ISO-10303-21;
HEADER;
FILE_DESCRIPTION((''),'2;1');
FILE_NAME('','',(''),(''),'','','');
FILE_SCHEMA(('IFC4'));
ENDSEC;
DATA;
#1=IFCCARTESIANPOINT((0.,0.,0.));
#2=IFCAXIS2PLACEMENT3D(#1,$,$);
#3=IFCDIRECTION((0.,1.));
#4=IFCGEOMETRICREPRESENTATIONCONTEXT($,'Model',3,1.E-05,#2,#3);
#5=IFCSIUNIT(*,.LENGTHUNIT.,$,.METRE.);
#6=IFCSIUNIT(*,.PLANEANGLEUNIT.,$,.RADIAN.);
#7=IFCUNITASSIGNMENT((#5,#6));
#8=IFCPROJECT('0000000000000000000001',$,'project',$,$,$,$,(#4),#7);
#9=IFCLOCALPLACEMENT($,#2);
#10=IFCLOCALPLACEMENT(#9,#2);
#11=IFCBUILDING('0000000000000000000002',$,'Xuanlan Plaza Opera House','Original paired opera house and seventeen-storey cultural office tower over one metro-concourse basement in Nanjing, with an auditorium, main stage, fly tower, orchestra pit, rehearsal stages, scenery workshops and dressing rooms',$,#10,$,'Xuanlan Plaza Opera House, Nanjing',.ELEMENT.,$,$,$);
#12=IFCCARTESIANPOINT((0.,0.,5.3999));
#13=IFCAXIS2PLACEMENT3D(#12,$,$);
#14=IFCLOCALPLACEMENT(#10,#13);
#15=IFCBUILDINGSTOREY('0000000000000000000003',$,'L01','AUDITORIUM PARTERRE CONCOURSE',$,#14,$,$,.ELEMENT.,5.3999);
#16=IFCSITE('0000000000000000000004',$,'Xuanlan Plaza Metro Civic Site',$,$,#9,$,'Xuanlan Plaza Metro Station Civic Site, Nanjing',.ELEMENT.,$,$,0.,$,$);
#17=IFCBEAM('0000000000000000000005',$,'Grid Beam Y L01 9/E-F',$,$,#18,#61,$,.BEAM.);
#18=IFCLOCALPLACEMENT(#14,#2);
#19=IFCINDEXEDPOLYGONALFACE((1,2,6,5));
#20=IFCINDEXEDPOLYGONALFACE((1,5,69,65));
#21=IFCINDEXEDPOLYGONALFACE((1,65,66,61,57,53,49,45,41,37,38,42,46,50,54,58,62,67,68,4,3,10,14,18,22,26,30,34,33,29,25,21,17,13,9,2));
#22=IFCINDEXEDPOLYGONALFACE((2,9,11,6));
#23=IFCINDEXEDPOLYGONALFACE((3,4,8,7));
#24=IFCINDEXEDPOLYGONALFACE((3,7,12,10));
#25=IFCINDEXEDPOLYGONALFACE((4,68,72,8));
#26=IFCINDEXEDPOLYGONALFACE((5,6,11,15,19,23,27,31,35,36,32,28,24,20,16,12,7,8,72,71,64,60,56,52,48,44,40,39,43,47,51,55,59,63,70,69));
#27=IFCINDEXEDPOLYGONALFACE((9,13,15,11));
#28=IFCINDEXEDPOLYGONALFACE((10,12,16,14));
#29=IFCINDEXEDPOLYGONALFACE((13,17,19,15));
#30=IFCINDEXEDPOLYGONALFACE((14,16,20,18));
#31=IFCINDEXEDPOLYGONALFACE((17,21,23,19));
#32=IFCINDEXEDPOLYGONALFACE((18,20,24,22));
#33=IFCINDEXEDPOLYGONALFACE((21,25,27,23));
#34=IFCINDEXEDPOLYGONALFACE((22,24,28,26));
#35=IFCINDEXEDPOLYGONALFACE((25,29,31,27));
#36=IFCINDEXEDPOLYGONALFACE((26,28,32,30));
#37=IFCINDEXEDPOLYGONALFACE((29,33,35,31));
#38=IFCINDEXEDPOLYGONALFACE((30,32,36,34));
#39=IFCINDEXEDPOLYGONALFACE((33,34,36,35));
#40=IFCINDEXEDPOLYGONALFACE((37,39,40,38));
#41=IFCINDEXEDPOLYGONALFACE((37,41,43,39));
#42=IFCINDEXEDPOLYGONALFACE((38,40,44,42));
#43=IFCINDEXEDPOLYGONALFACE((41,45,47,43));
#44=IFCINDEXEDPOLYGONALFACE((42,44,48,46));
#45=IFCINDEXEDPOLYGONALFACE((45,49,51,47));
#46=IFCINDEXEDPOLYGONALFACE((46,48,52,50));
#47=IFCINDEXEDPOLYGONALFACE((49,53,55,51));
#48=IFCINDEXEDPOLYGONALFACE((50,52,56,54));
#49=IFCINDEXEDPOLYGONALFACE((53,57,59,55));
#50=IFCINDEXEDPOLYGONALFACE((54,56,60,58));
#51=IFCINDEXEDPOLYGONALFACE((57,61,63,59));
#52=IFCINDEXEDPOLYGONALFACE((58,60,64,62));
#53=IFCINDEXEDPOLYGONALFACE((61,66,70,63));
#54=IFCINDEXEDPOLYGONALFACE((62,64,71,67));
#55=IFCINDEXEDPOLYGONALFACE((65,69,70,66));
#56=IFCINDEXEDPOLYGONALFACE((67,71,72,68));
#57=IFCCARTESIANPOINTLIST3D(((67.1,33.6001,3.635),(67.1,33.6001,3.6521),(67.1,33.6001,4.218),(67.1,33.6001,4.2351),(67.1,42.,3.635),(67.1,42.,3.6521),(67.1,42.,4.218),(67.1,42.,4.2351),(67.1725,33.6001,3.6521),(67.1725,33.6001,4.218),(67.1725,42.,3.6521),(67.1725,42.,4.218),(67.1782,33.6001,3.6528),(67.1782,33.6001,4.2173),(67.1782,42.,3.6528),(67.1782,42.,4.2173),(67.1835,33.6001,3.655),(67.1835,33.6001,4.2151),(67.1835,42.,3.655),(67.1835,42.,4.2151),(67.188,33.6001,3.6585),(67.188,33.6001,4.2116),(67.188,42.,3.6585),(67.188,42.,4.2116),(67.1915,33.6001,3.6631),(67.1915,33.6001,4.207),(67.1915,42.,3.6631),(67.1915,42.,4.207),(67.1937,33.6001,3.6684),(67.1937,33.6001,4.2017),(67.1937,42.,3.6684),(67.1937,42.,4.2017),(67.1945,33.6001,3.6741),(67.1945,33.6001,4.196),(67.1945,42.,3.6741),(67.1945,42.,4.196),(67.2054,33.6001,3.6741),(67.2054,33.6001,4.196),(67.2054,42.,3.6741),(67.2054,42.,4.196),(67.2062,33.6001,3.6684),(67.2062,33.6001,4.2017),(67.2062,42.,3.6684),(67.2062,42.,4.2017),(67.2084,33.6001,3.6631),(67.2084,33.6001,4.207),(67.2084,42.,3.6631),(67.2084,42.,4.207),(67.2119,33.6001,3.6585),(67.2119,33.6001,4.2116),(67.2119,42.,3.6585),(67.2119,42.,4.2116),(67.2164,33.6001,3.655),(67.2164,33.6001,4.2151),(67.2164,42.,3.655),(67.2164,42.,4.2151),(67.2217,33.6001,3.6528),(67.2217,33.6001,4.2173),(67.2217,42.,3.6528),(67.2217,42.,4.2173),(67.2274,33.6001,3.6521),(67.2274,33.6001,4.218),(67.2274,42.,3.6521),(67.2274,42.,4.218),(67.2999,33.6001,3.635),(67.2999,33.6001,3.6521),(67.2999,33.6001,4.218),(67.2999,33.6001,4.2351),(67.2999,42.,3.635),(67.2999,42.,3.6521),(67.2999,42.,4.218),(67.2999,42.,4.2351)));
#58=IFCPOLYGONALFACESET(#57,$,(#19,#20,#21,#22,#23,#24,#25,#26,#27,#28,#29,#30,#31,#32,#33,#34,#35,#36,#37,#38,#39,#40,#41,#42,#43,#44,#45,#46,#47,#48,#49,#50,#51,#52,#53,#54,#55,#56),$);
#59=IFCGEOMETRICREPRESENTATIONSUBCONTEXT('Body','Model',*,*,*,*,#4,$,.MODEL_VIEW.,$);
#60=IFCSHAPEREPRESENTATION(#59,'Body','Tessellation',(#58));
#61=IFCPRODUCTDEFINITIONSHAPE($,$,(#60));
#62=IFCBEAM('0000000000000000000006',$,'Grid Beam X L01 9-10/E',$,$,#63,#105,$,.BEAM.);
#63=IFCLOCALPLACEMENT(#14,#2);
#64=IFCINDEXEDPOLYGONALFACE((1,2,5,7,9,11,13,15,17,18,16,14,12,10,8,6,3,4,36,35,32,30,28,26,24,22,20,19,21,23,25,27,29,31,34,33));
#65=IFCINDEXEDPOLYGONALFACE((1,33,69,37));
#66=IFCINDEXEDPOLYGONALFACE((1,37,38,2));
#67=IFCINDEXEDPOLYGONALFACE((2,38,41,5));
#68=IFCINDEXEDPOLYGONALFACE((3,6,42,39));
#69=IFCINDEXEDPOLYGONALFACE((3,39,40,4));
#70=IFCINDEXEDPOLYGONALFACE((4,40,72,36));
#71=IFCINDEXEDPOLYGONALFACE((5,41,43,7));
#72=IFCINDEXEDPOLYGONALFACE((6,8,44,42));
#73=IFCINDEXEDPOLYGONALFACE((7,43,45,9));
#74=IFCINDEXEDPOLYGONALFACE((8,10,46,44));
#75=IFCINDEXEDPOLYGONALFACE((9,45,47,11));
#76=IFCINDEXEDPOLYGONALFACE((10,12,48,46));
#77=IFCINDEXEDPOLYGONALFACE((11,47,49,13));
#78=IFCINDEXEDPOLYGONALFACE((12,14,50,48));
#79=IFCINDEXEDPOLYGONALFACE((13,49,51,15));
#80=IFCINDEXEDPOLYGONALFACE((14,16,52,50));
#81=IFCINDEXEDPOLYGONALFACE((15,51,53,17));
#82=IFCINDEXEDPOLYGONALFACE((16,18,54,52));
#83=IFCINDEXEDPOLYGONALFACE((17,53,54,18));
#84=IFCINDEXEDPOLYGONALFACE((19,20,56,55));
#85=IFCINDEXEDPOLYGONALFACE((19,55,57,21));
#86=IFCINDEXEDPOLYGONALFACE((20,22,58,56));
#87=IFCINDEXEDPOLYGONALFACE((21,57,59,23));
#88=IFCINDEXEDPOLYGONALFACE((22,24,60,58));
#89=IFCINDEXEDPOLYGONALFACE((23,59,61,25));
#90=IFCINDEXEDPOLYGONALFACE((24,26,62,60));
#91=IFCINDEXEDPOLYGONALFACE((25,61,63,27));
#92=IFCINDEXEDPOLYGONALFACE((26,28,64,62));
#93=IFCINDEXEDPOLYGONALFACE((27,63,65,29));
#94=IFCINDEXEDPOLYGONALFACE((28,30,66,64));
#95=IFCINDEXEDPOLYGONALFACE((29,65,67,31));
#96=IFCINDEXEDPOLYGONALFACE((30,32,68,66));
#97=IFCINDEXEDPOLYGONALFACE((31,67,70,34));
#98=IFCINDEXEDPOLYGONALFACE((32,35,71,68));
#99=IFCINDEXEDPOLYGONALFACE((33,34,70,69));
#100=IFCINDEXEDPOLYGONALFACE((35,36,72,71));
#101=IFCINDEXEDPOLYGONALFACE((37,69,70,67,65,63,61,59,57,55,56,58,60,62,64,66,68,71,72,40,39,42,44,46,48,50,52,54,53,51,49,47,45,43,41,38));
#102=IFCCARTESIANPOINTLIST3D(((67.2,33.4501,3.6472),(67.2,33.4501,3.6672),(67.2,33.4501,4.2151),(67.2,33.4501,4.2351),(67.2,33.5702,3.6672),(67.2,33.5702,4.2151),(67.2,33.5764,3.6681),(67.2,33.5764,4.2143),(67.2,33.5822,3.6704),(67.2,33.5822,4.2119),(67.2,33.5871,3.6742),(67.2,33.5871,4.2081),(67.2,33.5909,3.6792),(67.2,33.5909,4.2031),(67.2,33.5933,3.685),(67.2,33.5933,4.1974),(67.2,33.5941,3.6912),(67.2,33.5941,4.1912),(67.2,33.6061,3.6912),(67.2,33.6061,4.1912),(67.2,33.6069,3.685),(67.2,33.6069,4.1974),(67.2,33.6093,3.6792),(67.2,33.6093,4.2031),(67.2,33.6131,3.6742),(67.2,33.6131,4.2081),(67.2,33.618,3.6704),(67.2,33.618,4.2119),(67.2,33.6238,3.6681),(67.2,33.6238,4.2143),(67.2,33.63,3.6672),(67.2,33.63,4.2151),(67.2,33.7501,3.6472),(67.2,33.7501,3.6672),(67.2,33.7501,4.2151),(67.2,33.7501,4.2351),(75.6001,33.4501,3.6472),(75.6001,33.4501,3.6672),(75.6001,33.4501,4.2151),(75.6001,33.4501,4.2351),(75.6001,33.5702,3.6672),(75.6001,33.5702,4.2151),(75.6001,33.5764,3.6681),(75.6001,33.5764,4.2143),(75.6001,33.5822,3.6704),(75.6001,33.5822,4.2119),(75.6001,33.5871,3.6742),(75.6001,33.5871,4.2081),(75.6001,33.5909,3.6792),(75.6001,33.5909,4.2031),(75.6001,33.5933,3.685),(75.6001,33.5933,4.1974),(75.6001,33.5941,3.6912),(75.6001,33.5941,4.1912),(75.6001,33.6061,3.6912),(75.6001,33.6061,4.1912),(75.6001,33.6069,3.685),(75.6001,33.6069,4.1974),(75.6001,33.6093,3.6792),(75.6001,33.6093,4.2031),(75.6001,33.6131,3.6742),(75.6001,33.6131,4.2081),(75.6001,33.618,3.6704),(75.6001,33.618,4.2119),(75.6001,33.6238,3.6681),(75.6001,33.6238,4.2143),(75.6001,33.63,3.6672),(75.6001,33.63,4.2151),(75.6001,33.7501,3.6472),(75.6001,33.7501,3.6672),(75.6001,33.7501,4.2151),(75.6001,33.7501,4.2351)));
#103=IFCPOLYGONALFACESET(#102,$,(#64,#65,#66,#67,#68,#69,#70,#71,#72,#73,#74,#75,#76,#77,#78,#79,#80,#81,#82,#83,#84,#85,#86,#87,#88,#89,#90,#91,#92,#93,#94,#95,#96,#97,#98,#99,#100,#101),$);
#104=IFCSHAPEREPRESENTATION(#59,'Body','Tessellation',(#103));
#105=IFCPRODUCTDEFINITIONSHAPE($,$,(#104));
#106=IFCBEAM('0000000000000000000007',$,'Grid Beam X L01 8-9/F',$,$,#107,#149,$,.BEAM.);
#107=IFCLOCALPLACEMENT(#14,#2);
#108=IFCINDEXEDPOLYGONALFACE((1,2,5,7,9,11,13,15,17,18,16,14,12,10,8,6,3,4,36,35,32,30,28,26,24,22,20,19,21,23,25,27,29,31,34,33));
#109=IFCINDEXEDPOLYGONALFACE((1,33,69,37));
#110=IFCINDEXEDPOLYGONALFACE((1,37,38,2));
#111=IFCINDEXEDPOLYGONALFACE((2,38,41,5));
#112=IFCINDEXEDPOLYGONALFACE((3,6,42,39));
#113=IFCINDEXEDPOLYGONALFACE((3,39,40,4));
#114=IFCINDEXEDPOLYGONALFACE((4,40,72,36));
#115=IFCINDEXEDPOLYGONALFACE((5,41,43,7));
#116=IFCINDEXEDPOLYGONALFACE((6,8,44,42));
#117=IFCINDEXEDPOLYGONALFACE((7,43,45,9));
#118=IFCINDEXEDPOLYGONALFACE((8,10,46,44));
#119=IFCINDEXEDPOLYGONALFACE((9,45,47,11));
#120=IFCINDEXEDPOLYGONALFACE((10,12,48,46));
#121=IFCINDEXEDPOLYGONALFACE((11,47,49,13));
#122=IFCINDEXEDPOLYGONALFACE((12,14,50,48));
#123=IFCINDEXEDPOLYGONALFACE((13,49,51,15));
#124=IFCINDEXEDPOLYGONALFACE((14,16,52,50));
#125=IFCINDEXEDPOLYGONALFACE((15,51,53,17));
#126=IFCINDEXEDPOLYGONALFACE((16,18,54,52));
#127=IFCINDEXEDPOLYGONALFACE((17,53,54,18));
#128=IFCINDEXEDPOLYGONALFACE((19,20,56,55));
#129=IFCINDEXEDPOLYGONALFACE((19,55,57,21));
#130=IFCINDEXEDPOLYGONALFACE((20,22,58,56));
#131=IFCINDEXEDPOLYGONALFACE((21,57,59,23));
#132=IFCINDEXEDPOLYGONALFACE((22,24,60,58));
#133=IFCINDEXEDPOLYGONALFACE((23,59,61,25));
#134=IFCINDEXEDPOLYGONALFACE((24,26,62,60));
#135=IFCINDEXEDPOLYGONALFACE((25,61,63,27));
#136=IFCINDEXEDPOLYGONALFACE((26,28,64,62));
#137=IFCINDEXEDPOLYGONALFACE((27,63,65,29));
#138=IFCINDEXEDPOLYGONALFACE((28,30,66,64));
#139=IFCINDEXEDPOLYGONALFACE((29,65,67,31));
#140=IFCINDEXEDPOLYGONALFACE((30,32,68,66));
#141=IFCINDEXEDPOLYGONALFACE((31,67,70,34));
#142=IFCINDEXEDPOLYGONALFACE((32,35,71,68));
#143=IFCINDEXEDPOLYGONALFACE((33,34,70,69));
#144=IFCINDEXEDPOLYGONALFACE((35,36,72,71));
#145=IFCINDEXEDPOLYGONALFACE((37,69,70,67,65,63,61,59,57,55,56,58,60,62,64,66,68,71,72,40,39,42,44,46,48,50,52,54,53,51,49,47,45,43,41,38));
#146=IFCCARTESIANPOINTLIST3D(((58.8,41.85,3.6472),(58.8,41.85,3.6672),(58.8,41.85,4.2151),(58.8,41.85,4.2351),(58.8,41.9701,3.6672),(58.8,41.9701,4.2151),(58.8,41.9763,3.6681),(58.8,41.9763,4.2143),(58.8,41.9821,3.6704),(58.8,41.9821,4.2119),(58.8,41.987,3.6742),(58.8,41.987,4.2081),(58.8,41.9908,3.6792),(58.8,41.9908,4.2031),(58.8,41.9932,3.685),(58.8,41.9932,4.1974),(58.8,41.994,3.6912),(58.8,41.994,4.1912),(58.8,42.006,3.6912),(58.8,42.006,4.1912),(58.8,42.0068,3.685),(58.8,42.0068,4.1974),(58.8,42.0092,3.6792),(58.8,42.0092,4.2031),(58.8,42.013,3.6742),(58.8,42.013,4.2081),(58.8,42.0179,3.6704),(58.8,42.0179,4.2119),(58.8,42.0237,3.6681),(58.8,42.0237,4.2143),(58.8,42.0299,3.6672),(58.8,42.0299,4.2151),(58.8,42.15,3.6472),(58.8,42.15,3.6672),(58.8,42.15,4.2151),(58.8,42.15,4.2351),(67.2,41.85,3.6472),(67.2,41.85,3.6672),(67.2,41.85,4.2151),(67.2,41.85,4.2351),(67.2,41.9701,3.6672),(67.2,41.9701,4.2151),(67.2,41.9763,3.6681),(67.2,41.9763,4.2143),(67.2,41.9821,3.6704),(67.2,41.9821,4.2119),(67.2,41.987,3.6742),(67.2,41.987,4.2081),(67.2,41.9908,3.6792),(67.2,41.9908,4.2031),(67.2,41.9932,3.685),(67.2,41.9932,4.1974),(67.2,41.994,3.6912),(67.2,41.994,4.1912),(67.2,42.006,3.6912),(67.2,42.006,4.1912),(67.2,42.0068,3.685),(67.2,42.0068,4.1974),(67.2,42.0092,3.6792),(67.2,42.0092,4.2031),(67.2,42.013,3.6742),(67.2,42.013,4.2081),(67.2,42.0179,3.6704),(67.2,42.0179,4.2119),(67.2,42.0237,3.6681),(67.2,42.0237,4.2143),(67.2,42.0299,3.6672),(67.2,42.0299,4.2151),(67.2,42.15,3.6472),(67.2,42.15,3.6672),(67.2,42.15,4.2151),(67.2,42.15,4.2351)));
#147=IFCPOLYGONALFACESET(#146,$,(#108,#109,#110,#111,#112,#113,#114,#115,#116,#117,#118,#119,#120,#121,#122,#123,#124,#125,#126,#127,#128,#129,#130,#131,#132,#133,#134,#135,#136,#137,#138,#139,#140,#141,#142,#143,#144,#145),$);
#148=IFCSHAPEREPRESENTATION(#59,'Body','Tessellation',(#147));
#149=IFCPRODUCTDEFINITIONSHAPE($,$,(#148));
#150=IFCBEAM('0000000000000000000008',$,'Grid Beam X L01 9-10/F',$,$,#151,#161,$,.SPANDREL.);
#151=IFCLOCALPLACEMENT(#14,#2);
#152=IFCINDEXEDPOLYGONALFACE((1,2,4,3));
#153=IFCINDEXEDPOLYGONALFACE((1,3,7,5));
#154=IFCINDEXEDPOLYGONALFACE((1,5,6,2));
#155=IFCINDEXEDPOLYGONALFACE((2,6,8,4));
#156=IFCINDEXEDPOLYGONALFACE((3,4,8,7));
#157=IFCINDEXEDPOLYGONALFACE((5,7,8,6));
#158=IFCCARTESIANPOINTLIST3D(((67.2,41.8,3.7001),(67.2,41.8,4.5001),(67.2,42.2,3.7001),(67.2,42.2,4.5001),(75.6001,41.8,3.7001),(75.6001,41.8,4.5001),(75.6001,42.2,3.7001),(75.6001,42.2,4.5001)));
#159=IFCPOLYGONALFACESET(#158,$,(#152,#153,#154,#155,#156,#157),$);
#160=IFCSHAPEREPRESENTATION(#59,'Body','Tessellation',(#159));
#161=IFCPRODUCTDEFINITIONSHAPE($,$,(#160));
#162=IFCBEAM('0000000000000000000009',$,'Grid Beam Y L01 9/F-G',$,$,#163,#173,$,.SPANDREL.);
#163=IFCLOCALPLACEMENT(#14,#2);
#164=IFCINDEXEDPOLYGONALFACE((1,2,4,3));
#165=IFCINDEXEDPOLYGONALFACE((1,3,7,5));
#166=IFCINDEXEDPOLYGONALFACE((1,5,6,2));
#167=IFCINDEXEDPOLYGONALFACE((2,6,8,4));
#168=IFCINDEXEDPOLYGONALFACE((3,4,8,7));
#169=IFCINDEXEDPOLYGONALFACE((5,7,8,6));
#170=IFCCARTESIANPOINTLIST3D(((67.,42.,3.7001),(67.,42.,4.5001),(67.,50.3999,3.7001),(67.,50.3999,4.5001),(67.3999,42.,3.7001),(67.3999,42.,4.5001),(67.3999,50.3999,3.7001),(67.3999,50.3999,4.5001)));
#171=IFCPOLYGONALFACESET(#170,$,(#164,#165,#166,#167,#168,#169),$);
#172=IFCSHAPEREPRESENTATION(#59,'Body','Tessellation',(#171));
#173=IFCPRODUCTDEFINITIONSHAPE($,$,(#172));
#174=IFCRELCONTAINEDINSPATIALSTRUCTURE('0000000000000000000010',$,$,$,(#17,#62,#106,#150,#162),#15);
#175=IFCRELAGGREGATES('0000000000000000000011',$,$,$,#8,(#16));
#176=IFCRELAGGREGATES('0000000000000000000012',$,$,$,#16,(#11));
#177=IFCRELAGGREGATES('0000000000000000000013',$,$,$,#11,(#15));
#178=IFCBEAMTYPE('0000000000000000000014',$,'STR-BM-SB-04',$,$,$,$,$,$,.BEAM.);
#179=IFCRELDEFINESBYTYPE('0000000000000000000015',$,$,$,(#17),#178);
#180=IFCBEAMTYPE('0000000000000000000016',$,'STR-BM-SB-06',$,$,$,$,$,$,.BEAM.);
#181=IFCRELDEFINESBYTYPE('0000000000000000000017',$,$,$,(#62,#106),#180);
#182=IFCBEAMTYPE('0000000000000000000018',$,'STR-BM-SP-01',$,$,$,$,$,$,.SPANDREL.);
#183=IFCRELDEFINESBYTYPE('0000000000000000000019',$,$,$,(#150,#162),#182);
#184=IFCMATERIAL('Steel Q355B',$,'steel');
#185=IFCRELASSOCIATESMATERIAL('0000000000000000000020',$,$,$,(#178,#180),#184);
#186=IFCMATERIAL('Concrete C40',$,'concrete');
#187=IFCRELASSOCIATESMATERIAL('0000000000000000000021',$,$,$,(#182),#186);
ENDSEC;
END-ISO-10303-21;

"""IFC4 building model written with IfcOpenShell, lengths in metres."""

from ifc_helpers import new_model, si_unit, direction, frame, origin, origin_2d, place, context, subcontext, project, spatial, rectangle, i_section, extrude, material, material_profile, profile_set, type_object, element, save


model = new_model("IFC4")

# Units and contexts
model_context = context("Model", 3, precision=1e-05, world=origin(), true_north=direction((0.0, 1.0)))
body_context = subcontext(model_context, "Body", "Model", "MODEL_VIEW")
ifc_project = project(units=[si_unit("LENGTHUNIT", "METRE"), si_unit("PLANEANGLEUNIT", "RADIAN")], contexts=[model_context])

# Site, building, storey
site_placement = place(None, origin())
site = spatial("IfcSite", under=ifc_project, at=site_placement, Name="Xuanlan Plaza Metro Civic Site", LongName="Xuanlan Plaza Metro Station Civic Site, Nanjing", CompositionType="ELEMENT", RefElevation=0.0)
building_placement = place(site_placement, origin())
building = spatial("IfcBuilding", under=site, at=building_placement, Name="Xuanlan Plaza Opera House", Description="Original paired opera house and seventeen-storey cultural office tower over one metro-concourse basement in Nanjing, with an auditorium, main stage, fly tower, orchestra pit, rehearsal stages, scenery workshops and dressing rooms", LongName="Xuanlan Plaza Opera House, Nanjing", CompositionType="ELEMENT")
storey_placement = place(building_placement, frame((0.0, 0.0, 5.3999)))
storey = spatial("IfcBuildingStorey", under=building, at=storey_placement, Name="L01", Description="AUDITORIUM PARTERRE CONCOURSE", CompositionType="ELEMENT", Elevation=5.3999)

# Shared definitions
ifc_material_1 = material(Name="Concrete C40", Category="concrete")

# Beams
ifc_material_2 = material(Name="Steel Q355B", Category="steel")
ifc_material_profile_1 = material_profile(ifc_material_2, i_section(OverallWidth=0.2, OverallDepth=0.6001, WebThickness=0.011, FlangeThickness=0.0171, FilletRadius=0.022, at=origin_2d()), Name="HN 600x200x11x17")
ifc_profile_set_1 = profile_set([ifc_material_profile_1], Name="Steel Q355B")
beam_type_1 = type_object("IfcBeamType", Name="STR-BM-SB-04", PredefinedType="BEAM", material=ifc_profile_set_1)
beam_1_placement = place(storey_placement, frame((67.2, 33.6001, 3.9351), z_axis=(0.0, 1.0, 0.0), x_axis=(-1.0, 0.0, 0.0)))
element("IfcBeam", 1, at=beam_1_placement, inside=storey, type_object=beam_type_1, Name="Grid Beam Y L01 9/E-F", PredefinedType="BEAM", context=body_context, shape_type="SweptSolid", body=[
    extrude(i_section(OverallWidth=0.2, OverallDepth=0.6001, WebThickness=0.011, FlangeThickness=0.0171, FilletRadius=0.022, at=origin_2d()), origin(), (0.0, 0.0, 1.0), 8.3999),
])
ifc_material_profile_2 = material_profile(ifc_material_2, i_section(OverallWidth=0.3, OverallDepth=0.5879, WebThickness=0.012, FlangeThickness=0.02, FilletRadius=0.0239, at=origin_2d()), Name="HM 588x300x12x20")
ifc_profile_set_2 = profile_set([ifc_material_profile_2], Name="Steel Q355B")
beam_type_2 = type_object("IfcBeamType", Name="STR-BM-SB-06", PredefinedType="BEAM", material=ifc_profile_set_2)
beam_2_placement = place(storey_placement, frame((67.2, 33.6001, 3.9412), z_axis=(1.0, 0.0, 0.0), x_axis=(0.0, 1.0, 0.0)))
element("IfcBeam", 2, at=beam_2_placement, inside=storey, type_object=beam_type_2, Name="Grid Beam X L01 9-10/E", PredefinedType="BEAM", context=body_context, shape_type="SweptSolid", body=[
    extrude(i_section(OverallWidth=0.3, OverallDepth=0.5879, WebThickness=0.012, FlangeThickness=0.02, FilletRadius=0.0239, at=origin_2d()), origin(), (0.0, 0.0, 1.0), 8.4001),
])
beam_3_placement = place(storey_placement, frame((58.8, 42.0, 3.9412), z_axis=(1.0, 0.0, 0.0), x_axis=(0.0, 1.0, 0.0)))
element("IfcBeam", 3, at=beam_3_placement, inside=storey, type_object=beam_type_2, Name="Grid Beam X L01 8-9/F", PredefinedType="BEAM", context=body_context, shape_type="SweptSolid", body=[
    extrude(i_section(OverallWidth=0.3, OverallDepth=0.5879, WebThickness=0.012, FlangeThickness=0.02, FilletRadius=0.0239, at=origin_2d()), origin(), (0.0, 0.0, 1.0), 8.3999),
])
ifc_material_profile_3 = material_profile(ifc_material_1, rectangle(XDim=0.3999, YDim=0.8, at=origin_2d()), Name="RC-SPD 400x800")
ifc_profile_set_3 = profile_set([ifc_material_profile_3], Name="Concrete C40")
beam_type_3 = type_object("IfcBeamType", Name="STR-BM-SP-01", PredefinedType="SPANDREL", material=ifc_profile_set_3)
beam_4_placement = place(storey_placement, frame((67.2, 42.0, 4.1001), z_axis=(1.0, 0.0, 0.0), x_axis=(0.0, 1.0, 0.0)))
element("IfcBeam", 4, at=beam_4_placement, inside=storey, type_object=beam_type_3, Name="Grid Beam X L01 9-10/F", PredefinedType="SPANDREL", context=body_context, shape_type="SweptSolid", body=[
    extrude(rectangle(XDim=0.3999, YDim=0.8, at=origin_2d()), origin(), (0.0, 0.0, 1.0), 8.4001),
])
beam_5_placement = place(storey_placement, frame((67.2, 42.0, 4.1001), z_axis=(0.0, 1.0, 0.0), x_axis=(-1.0, 0.0, 0.0)))
element("IfcBeam", 5, at=beam_5_placement, inside=storey, type_object=beam_type_3, Name="Grid Beam Y L01 9/F-G", PredefinedType="SPANDREL", context=body_context, shape_type="SweptSolid", body=[
    extrude(rectangle(XDim=0.3999, YDim=0.8, at=origin_2d()), origin(), (0.0, 0.0, 1.0), 8.3999),
])

save(model, "model.ifc")
